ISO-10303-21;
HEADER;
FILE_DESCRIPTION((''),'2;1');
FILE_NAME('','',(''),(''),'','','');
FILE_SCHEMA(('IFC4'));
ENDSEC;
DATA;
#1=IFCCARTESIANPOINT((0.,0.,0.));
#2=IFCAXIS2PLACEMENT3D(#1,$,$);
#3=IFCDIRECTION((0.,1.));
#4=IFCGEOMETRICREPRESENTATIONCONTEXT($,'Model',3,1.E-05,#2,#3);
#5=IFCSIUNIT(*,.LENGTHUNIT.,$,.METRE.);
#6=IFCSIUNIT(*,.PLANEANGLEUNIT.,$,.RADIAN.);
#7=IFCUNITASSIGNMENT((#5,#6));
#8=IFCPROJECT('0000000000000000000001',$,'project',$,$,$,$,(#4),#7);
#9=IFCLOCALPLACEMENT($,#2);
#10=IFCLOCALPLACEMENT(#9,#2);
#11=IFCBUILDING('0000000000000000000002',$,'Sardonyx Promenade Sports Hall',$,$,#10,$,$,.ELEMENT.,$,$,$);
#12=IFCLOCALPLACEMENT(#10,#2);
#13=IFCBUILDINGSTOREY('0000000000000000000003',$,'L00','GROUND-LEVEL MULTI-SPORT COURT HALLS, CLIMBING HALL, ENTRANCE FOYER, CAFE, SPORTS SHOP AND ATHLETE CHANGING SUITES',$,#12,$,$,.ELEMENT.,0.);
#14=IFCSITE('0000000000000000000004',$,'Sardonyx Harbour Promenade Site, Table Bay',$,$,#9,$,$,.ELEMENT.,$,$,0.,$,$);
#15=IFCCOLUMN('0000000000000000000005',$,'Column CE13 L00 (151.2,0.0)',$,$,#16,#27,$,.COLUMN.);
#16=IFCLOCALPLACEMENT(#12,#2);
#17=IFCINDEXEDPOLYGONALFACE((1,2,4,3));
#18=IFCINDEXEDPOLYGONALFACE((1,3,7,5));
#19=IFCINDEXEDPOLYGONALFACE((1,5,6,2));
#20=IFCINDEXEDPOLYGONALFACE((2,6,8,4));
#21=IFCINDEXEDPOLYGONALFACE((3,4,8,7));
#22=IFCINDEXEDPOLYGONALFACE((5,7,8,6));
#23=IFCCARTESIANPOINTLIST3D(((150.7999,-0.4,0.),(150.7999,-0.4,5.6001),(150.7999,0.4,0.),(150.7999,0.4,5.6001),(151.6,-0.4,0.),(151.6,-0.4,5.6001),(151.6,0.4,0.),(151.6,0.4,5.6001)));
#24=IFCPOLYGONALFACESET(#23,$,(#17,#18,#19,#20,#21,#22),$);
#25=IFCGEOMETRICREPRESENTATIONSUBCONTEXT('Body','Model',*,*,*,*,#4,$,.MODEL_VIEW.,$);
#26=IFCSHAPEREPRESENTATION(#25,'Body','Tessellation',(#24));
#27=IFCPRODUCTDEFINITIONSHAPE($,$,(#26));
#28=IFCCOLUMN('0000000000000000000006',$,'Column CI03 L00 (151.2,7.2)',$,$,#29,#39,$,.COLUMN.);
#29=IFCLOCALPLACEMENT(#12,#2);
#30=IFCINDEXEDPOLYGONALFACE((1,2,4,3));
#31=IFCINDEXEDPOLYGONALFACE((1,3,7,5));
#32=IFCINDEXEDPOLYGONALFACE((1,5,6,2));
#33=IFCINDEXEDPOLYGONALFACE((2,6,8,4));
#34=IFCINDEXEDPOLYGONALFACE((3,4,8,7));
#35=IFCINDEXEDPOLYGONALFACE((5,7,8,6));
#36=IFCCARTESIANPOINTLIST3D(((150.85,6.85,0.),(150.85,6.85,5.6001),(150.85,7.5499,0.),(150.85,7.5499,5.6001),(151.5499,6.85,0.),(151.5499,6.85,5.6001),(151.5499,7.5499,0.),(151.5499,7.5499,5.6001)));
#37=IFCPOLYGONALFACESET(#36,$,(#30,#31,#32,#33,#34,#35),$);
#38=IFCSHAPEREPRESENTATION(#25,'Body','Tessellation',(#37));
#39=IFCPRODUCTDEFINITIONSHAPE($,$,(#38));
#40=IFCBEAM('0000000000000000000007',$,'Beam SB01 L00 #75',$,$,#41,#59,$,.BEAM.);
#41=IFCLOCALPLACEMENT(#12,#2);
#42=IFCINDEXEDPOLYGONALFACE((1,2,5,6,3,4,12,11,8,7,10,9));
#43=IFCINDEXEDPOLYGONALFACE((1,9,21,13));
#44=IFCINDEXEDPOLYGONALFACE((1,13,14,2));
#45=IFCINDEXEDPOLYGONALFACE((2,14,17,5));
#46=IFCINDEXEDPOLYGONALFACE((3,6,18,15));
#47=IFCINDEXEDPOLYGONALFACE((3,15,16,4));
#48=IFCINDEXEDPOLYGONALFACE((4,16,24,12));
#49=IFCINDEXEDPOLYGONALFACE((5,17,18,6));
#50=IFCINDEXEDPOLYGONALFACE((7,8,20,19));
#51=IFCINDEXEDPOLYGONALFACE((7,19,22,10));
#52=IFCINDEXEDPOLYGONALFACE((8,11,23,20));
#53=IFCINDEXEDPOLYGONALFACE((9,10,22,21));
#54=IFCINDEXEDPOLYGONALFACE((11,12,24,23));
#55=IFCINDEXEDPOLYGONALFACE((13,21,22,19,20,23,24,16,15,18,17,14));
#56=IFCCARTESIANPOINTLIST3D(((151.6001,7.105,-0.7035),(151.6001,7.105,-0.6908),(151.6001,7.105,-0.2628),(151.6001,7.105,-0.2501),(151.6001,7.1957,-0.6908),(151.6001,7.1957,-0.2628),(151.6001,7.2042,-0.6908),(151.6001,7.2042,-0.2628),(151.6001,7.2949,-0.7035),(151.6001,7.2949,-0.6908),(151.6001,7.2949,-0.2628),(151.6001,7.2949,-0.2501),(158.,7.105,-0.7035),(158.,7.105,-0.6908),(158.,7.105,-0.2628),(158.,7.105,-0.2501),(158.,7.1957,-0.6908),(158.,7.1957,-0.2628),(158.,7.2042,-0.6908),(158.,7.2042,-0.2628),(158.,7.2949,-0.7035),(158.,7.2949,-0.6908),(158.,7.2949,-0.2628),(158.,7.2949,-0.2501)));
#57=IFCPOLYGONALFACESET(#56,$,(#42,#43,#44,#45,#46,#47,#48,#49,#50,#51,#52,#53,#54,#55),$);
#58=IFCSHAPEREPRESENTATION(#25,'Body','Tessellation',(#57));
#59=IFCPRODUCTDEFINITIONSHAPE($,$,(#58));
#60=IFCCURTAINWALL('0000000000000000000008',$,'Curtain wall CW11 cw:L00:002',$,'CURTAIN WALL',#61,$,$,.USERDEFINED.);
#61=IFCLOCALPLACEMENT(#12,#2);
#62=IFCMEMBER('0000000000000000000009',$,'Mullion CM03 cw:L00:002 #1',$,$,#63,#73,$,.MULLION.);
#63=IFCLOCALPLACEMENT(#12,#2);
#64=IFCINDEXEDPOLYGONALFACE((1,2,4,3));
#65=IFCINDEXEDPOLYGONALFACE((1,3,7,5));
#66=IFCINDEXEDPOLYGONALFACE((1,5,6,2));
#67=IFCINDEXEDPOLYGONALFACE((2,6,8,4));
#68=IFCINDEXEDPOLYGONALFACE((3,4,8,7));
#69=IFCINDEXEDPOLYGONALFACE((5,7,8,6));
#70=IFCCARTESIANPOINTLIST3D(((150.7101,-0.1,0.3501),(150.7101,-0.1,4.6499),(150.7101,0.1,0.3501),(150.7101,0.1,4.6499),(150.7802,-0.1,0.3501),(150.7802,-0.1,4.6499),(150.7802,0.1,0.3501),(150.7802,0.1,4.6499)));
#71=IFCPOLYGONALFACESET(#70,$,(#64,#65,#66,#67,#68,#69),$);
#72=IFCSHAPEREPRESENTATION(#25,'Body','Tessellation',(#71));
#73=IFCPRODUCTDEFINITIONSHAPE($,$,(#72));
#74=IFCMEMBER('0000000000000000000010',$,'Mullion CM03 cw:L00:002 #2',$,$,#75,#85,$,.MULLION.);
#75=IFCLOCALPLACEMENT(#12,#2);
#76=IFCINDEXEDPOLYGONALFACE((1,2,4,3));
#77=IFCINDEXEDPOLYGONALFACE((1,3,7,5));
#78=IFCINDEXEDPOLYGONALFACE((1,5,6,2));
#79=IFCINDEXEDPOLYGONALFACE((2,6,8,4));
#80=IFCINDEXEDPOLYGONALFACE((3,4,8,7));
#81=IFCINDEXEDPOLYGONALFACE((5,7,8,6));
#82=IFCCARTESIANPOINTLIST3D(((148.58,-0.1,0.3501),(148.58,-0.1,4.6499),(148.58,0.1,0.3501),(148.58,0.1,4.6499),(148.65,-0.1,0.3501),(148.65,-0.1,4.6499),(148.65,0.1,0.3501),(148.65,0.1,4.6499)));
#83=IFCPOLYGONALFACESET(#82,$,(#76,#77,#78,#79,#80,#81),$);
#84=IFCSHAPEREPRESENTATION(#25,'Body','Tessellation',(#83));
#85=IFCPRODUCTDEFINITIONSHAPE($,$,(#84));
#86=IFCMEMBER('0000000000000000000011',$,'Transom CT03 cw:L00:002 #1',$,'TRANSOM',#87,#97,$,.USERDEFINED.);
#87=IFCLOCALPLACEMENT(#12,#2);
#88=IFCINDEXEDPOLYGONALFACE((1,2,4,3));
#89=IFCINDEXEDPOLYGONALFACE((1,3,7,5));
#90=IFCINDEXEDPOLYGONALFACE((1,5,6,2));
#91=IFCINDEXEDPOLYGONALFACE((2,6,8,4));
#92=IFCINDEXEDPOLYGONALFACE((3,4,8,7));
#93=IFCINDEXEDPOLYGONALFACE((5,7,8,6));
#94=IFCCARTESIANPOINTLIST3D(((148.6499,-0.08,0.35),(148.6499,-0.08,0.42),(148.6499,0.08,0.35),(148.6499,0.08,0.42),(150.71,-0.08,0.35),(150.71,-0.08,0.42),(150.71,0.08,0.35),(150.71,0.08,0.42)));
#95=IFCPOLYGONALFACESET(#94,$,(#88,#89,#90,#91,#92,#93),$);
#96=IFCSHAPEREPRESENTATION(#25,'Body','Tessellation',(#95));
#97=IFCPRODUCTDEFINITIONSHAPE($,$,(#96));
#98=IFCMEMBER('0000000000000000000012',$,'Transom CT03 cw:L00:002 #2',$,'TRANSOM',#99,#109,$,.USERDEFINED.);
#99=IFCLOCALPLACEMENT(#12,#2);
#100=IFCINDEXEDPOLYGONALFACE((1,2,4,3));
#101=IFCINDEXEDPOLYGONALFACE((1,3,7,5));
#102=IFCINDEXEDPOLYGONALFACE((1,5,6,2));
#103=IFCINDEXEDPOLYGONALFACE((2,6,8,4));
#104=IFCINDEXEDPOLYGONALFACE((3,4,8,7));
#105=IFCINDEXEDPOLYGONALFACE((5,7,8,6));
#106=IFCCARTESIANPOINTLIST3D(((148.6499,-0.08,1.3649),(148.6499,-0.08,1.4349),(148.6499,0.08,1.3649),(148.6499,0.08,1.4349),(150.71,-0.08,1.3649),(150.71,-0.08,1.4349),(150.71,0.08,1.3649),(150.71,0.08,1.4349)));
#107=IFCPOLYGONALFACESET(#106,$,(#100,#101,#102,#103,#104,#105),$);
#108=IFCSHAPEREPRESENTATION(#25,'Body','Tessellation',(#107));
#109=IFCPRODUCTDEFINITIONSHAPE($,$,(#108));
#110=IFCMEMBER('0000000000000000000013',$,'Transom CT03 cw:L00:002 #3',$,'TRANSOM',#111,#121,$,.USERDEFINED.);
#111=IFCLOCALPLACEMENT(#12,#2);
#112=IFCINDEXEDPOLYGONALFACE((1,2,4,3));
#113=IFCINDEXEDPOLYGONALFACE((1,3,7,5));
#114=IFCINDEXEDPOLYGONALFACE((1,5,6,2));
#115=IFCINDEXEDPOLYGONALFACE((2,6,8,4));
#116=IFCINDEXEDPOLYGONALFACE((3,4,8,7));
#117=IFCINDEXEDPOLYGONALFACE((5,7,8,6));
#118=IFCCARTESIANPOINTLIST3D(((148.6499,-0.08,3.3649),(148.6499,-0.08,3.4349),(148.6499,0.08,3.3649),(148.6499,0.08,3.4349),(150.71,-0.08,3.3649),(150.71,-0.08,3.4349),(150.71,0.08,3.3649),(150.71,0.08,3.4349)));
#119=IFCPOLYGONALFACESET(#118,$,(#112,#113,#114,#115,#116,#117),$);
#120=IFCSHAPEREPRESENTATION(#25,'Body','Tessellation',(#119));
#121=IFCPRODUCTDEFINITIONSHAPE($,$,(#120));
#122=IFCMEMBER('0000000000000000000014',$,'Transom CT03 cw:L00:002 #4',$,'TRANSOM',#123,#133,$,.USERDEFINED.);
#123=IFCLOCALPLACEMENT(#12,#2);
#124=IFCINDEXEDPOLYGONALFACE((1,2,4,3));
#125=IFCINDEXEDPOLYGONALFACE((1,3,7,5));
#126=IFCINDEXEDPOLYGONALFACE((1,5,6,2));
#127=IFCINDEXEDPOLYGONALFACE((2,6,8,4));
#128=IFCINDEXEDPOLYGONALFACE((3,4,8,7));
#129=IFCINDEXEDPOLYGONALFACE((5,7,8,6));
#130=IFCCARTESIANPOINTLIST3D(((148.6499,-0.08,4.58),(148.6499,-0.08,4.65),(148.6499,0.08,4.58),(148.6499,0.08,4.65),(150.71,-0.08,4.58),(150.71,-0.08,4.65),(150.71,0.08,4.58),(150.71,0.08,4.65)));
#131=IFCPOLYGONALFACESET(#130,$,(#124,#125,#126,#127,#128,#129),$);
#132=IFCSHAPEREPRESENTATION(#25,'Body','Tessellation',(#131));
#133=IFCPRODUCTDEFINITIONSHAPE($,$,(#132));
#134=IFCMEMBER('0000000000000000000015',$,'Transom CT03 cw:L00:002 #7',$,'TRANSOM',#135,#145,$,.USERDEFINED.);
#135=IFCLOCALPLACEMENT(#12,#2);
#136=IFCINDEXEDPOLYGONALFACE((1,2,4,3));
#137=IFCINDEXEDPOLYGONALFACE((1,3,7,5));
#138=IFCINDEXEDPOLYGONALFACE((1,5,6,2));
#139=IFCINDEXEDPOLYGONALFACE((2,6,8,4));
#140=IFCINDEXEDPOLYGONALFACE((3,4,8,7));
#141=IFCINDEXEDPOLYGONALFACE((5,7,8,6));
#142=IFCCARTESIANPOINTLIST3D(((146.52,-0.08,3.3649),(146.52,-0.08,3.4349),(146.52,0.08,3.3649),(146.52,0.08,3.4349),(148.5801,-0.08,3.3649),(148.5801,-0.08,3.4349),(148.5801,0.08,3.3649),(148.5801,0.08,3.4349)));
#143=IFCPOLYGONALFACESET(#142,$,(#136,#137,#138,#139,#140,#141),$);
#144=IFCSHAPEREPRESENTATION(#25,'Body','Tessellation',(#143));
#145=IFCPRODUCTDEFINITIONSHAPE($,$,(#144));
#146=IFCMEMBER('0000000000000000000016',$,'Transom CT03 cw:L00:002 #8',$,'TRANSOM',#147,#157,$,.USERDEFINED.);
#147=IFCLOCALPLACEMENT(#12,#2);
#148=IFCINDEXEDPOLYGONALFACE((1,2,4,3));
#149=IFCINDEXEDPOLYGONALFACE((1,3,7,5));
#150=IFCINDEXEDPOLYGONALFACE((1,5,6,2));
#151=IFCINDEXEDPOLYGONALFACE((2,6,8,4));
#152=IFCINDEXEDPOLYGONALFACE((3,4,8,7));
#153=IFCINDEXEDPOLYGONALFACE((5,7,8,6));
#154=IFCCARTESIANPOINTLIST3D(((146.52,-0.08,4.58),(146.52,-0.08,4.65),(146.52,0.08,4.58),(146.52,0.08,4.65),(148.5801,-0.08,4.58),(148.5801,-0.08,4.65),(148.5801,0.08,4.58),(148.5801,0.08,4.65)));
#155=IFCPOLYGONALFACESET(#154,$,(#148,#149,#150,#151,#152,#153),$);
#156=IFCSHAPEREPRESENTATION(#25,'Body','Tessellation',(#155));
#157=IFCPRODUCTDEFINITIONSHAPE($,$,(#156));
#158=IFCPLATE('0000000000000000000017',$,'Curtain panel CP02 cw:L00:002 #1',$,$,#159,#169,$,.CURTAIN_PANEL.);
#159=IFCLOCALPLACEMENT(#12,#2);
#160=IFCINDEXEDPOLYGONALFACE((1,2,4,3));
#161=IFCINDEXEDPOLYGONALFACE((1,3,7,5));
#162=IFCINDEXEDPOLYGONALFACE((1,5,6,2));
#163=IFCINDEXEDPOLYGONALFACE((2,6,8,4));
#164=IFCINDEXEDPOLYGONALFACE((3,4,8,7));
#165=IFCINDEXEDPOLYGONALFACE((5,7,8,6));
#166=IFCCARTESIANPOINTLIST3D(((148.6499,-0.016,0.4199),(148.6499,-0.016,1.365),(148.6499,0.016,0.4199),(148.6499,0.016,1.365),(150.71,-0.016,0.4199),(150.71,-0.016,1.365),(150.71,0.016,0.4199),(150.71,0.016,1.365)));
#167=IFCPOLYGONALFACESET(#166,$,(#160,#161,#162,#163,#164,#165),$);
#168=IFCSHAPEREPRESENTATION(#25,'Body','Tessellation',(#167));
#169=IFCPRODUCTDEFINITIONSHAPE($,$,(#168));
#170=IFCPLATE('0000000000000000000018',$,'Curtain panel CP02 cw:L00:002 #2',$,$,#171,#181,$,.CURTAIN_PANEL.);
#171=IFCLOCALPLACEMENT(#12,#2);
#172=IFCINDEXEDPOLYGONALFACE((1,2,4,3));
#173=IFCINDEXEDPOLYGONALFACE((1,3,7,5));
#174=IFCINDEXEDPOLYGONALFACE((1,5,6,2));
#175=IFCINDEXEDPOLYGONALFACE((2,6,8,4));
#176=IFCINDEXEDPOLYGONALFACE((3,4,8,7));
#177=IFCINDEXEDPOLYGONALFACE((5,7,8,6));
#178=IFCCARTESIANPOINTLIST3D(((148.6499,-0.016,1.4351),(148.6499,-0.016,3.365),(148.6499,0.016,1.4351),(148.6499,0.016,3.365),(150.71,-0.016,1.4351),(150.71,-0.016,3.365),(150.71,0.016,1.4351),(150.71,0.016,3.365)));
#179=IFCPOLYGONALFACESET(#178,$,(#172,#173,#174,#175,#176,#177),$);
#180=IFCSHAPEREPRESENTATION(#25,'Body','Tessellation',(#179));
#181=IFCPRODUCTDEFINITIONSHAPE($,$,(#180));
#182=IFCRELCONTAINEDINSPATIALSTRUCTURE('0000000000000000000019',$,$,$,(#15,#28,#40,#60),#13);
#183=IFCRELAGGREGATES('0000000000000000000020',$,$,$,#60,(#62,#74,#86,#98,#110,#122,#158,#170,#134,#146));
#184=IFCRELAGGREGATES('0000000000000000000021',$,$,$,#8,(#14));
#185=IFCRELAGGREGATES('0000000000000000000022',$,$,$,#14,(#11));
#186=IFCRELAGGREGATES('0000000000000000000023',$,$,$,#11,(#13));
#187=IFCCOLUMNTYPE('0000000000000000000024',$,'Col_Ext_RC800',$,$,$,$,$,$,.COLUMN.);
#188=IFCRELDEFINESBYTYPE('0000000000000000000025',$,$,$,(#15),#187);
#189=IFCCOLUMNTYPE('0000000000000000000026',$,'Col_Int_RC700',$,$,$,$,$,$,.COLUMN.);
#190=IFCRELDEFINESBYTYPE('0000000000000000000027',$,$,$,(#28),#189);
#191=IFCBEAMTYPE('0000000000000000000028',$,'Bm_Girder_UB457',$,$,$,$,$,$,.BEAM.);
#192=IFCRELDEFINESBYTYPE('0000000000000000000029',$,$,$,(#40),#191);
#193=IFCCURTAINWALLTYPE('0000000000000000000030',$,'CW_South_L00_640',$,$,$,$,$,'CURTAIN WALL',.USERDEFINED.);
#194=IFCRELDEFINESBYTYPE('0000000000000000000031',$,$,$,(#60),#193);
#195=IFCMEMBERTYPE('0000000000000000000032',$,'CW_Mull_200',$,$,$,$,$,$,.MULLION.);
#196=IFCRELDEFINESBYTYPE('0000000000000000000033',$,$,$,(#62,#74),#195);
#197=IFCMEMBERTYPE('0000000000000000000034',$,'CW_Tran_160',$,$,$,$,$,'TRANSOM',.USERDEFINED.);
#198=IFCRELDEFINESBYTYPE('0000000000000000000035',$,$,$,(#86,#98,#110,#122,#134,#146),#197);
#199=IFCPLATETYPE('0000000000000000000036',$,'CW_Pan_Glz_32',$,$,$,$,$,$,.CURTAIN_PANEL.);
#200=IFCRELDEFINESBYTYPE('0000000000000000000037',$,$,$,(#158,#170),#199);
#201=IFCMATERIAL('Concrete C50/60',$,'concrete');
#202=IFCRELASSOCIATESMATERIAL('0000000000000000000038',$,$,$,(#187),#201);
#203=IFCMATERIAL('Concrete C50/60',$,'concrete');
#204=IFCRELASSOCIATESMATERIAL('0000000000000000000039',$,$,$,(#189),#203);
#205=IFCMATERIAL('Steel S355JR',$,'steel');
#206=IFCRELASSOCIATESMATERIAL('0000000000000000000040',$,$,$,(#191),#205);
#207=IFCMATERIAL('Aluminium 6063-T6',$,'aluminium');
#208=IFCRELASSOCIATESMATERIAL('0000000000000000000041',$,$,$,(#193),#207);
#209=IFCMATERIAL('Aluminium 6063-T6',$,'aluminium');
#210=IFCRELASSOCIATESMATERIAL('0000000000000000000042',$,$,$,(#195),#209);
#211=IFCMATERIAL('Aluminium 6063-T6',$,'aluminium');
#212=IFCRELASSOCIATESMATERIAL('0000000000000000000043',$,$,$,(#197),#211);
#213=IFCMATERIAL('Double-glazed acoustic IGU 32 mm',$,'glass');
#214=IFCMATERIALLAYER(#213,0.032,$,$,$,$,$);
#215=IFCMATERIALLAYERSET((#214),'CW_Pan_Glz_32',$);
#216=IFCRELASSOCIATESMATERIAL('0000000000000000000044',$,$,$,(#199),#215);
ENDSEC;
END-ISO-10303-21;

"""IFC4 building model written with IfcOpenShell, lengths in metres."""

from ifc_helpers import new_model, si_unit, direction, frame, origin, origin_2d, place, context, subcontext, project, spatial, rectangle, i_section, extrude, material, layer, layer_set, material_profile, profile_set, type_object, element, aggregate, save


model = new_model("IFC4")

# Units and contexts
model_context = context("Model", 3, precision=1e-05, world=origin(), true_north=direction((0.0, 1.0)))
body_context = subcontext(model_context, "Body", "Model", "MODEL_VIEW")
ifc_project = project(units=[si_unit("LENGTHUNIT", "METRE"), si_unit("PLANEANGLEUNIT", "RADIAN")], contexts=[model_context])

# Site, building, storey
site_placement = place(None, origin())
site = spatial("IfcSite", under=ifc_project, at=site_placement, Name="Sardonyx Harbour Promenade Site, Table Bay", CompositionType="ELEMENT", RefElevation=0.0)
building_placement = place(site_placement, origin())
building = spatial("IfcBuilding", under=site, at=building_placement, Name="Sardonyx Promenade Sports Hall", CompositionType="ELEMENT")
storey_placement = place(building_placement, origin())
storey = spatial("IfcBuildingStorey", under=building, at=storey_placement, Name="L00", Description="GROUND-LEVEL MULTI-SPORT COURT HALLS, CLIMBING HALL, ENTRANCE FOYER, CAFE, SPORTS SHOP AND ATHLETE CHANGING SUITES", CompositionType="ELEMENT", Elevation=0.0)

# Columns
ifc_material_1 = material(Name="Concrete C50/60", Category="concrete")
ifc_material_profile_1 = material_profile(ifc_material_1, rectangle(XDim=0.8, YDim=0.8, at=origin_2d()))
ifc_profile_set_1 = profile_set([ifc_material_profile_1], Name="Concrete C50/60")
column_type_1 = type_object("IfcColumnType", Name="Col_Ext_RC800", PredefinedType="COLUMN", material=ifc_profile_set_1)
column_1_placement = place(storey_placement, frame((151.2, 0.0, 0.0), z_axis=(0.0, 0.0, 1.0), x_axis=(1.0, 0.0, 0.0)))
element("IfcColumn", 1, at=column_1_placement, inside=storey, type_object=column_type_1, Name="Column CE13 L00 (151.2,0.0)", PredefinedType="COLUMN", context=body_context, shape_type="SweptSolid", body=[
    extrude(rectangle(XDim=0.8, YDim=0.8, at=origin_2d()), origin(), (0.0, 0.0, 1.0), 5.6001),
])
ifc_material_2 = material(Name="Concrete C50/60", Category="concrete")
ifc_material_profile_2 = material_profile(ifc_material_2, rectangle(XDim=0.7, YDim=0.7, at=origin_2d()))
ifc_profile_set_2 = profile_set([ifc_material_profile_2], Name="Concrete C50/60")
column_type_2 = type_object("IfcColumnType", Name="Col_Int_RC700", PredefinedType="COLUMN", material=ifc_profile_set_2)
column_2_placement = place(storey_placement, frame((151.2, 7.2, 0.0), z_axis=(0.0, 0.0, 1.0), x_axis=(1.0, 0.0, 0.0)))
element("IfcColumn", 2, at=column_2_placement, inside=storey, type_object=column_type_2, Name="Column CI03 L00 (151.2,7.2)", PredefinedType="COLUMN", context=body_context, shape_type="SweptSolid", body=[
    extrude(rectangle(XDim=0.7, YDim=0.7, at=origin_2d()), origin(), (0.0, 0.0, 1.0), 5.6001),
])

# Beam
ifc_material_3 = material(Name="Steel S355JR", Category="steel")
ifc_material_profile_3 = material_profile(ifc_material_3, i_section(OverallWidth=0.1899, OverallDepth=0.4534, WebThickness=0.0085, FlangeThickness=0.0127, at=origin_2d()))
ifc_profile_set_3 = profile_set([ifc_material_profile_3], Name="Steel S355JR")
beam_type = type_object("IfcBeamType", Name="Bm_Girder_UB457", PredefinedType="BEAM", material=ifc_profile_set_3)
beam_placement = place(storey_placement, frame((151.6001, 7.2, -0.4768), z_axis=(1.0, 0.0, 0.0), x_axis=(0.0, 1.0, 0.0)))
element("IfcBeam", 3, at=beam_placement, inside=storey, type_object=beam_type, Name="Beam SB01 L00 #75", PredefinedType="BEAM", context=body_context, shape_type="SweptSolid", body=[
    extrude(i_section(OverallWidth=0.1899, OverallDepth=0.4534, WebThickness=0.0085, FlangeThickness=0.0127, at=origin_2d()), origin(), (0.0, 0.0, 1.0), 6.3999),
])

# Curtain wall, members, plates
ifc_material_4 = material(Name="Aluminium 6063-T6", Category="aluminium")
curtain_wall_type = type_object("IfcCurtainWallType", Name="CW_South_L00_640", ElementType="CURTAIN WALL", PredefinedType="USERDEFINED", material=ifc_material_4)
curtain_wall_placement = place(storey_placement, origin())
curtain_wall = element("IfcCurtainWall", 4, at=curtain_wall_placement, inside=storey, type_object=curtain_wall_type, Name="Curtain wall CW11 cw:L00:002", ObjectType="CURTAIN WALL", PredefinedType="USERDEFINED")
ifc_material_5 = material(Name="Aluminium 6063-T6", Category="aluminium")
ifc_material_profile_4 = material_profile(ifc_material_5, rectangle(XDim=0.0701, YDim=0.2, at=origin_2d()))
ifc_profile_set_4 = profile_set([ifc_material_profile_4], Name="Aluminium 6063-T6")
member_type_1 = type_object("IfcMemberType", Name="CW_Mull_200", PredefinedType="MULLION", material=ifc_profile_set_4)
member_1_placement = place(storey_placement, frame((150.7451, 0.0, 0.3501), z_axis=(0.0, 0.0, 1.0), x_axis=(-1.0, 0.0, 0.0)))
member_1 = element("IfcMember", 5, at=member_1_placement, type_object=member_type_1, Name="Mullion CM03 cw:L00:002 #1", PredefinedType="MULLION", context=body_context, shape_type="SweptSolid", body=[
    extrude(rectangle(XDim=0.0701, YDim=0.2, at=origin_2d()), origin(), (0.0, 0.0, 1.0), 4.2998),
])
member_2_placement = place(storey_placement, frame((148.615, 0.0, 0.3501), z_axis=(0.0, 0.0, 1.0), x_axis=(-1.0, 0.0, 0.0)))
member_2 = element("IfcMember", 6, at=member_2_placement, type_object=member_type_1, Name="Mullion CM03 cw:L00:002 #2", PredefinedType="MULLION", context=body_context, shape_type="SweptSolid", body=[
    extrude(rectangle(XDim=0.0701, YDim=0.2, at=origin_2d()), origin(), (0.0, 0.0, 1.0), 4.2998),
])
ifc_material_6 = material(Name="Aluminium 6063-T6", Category="aluminium")
ifc_material_profile_5 = material_profile(ifc_material_6, rectangle(XDim=0.0701, YDim=0.1599, at=origin_2d()))
ifc_profile_set_5 = profile_set([ifc_material_profile_5], Name="Aluminium 6063-T6")
member_type_2 = type_object("IfcMemberType", Name="CW_Tran_160", ElementType="TRANSOM", PredefinedType="USERDEFINED", material=ifc_profile_set_5)
member_3_placement = place(storey_placement, frame((150.71, 0.0, 0.385), z_axis=(-1.0, 0.0, 0.0), x_axis=(0.0, 0.0, 1.0)))
member_3 = element("IfcMember", 7, at=member_3_placement, type_object=member_type_2, Name="Transom CT03 cw:L00:002 #1", ObjectType="TRANSOM", PredefinedType="USERDEFINED", context=body_context, shape_type="SweptSolid", body=[
    extrude(rectangle(XDim=0.0701, YDim=0.1599, at=origin_2d()), origin(), (0.0, 0.0, 1.0), 2.0601),
])
member_4_placement = place(storey_placement, frame((150.71, 0.0, 1.3999), z_axis=(-1.0, 0.0, 0.0), x_axis=(0.0, 0.0, 1.0)))
member_4 = element("IfcMember", 8, at=member_4_placement, type_object=member_type_2, Name="Transom CT03 cw:L00:002 #2", ObjectType="TRANSOM", PredefinedType="USERDEFINED", context=body_context, shape_type="SweptSolid", body=[
    extrude(rectangle(XDim=0.0701, YDim=0.1599, at=origin_2d()), origin(), (0.0, 0.0, 1.0), 2.0601),
])
member_5_placement = place(storey_placement, frame((150.71, 0.0, 3.3999), z_axis=(-1.0, 0.0, 0.0), x_axis=(0.0, 0.0, 1.0)))
member_5 = element("IfcMember", 9, at=member_5_placement, type_object=member_type_2, Name="Transom CT03 cw:L00:002 #3", ObjectType="TRANSOM", PredefinedType="USERDEFINED", context=body_context, shape_type="SweptSolid", body=[
    extrude(rectangle(XDim=0.0701, YDim=0.1599, at=origin_2d()), origin(), (0.0, 0.0, 1.0), 2.0601),
])
member_6_placement = place(storey_placement, frame((150.71, 0.0, 4.615), z_axis=(-1.0, 0.0, 0.0), x_axis=(0.0, 0.0, 1.0)))
member_6 = element("IfcMember", 10, at=member_6_placement, type_object=member_type_2, Name="Transom CT03 cw:L00:002 #4", ObjectType="TRANSOM", PredefinedType="USERDEFINED", context=body_context, shape_type="SweptSolid", body=[
    extrude(rectangle(XDim=0.0701, YDim=0.1599, at=origin_2d()), origin(), (0.0, 0.0, 1.0), 2.0601),
])
member_7_placement = place(storey_placement, frame((148.5801, 0.0, 3.3999), z_axis=(-1.0, 0.0, 0.0), x_axis=(0.0, 0.0, 1.0)))
member_7 = element("IfcMember", 11, at=member_7_placement, type_object=member_type_2, Name="Transom CT03 cw:L00:002 #7", ObjectType="TRANSOM", PredefinedType="USERDEFINED", context=body_context, shape_type="SweptSolid", body=[
    extrude(rectangle(XDim=0.0701, YDim=0.1599, at=origin_2d()), origin(), (0.0, 0.0, 1.0), 2.0601),
])
member_8_placement = place(storey_placement, frame((148.5801, 0.0, 4.615), z_axis=(-1.0, 0.0, 0.0), x_axis=(0.0, 0.0, 1.0)))
member_8 = element("IfcMember", 12, at=member_8_placement, type_object=member_type_2, Name="Transom CT03 cw:L00:002 #8", ObjectType="TRANSOM", PredefinedType="USERDEFINED", context=body_context, shape_type="SweptSolid", body=[
    extrude(rectangle(XDim=0.0701, YDim=0.1599, at=origin_2d()), origin(), (0.0, 0.0, 1.0), 2.0601),
])
ifc_material_7 = material(Name="Double-glazed acoustic IGU 32 mm", Category="glass")
ifc_layer_1 = layer(ifc_material_7, 0.032)
ifc_layer_set_1 = layer_set([ifc_layer_1], Name="CW_Pan_Glz_32")
plate_type = type_object("IfcPlateType", Name="CW_Pan_Glz_32", PredefinedType="CURTAIN_PANEL", material=ifc_layer_set_1)
plate_1_placement = place(storey_placement, frame((149.6799, 0.0, 0.4199), z_axis=(0.0, 0.0, 1.0), x_axis=(-1.0, 0.0, 0.0)))
plate_1 = element("IfcPlate", 13, at=plate_1_placement, type_object=plate_type, Name="Curtain panel CP02 cw:L00:002 #1", PredefinedType="CURTAIN_PANEL", context=body_context, shape_type="SweptSolid", body=[
    extrude(rectangle(XDim=2.0601, YDim=0.032, at=origin_2d()), origin(), (0.0, 0.0, 1.0), 0.9451),
])
plate_2_placement = place(storey_placement, frame((149.6799, 0.0, 1.4351), z_axis=(0.0, 0.0, 1.0), x_axis=(-1.0, 0.0, 0.0)))
plate_2 = element("IfcPlate", 14, at=plate_2_placement, type_object=plate_type, Name="Curtain panel CP02 cw:L00:002 #2", PredefinedType="CURTAIN_PANEL", context=body_context, shape_type="SweptSolid", body=[
    extrude(rectangle(XDim=2.0601, YDim=0.032, at=origin_2d()), origin(), (0.0, 0.0, 1.0), 1.9299),
])
aggregate(curtain_wall, [member_1, member_2, member_3, member_4, member_5, member_6, plate_1, plate_2, member_7, member_8])

save(model, "model.ifc")
